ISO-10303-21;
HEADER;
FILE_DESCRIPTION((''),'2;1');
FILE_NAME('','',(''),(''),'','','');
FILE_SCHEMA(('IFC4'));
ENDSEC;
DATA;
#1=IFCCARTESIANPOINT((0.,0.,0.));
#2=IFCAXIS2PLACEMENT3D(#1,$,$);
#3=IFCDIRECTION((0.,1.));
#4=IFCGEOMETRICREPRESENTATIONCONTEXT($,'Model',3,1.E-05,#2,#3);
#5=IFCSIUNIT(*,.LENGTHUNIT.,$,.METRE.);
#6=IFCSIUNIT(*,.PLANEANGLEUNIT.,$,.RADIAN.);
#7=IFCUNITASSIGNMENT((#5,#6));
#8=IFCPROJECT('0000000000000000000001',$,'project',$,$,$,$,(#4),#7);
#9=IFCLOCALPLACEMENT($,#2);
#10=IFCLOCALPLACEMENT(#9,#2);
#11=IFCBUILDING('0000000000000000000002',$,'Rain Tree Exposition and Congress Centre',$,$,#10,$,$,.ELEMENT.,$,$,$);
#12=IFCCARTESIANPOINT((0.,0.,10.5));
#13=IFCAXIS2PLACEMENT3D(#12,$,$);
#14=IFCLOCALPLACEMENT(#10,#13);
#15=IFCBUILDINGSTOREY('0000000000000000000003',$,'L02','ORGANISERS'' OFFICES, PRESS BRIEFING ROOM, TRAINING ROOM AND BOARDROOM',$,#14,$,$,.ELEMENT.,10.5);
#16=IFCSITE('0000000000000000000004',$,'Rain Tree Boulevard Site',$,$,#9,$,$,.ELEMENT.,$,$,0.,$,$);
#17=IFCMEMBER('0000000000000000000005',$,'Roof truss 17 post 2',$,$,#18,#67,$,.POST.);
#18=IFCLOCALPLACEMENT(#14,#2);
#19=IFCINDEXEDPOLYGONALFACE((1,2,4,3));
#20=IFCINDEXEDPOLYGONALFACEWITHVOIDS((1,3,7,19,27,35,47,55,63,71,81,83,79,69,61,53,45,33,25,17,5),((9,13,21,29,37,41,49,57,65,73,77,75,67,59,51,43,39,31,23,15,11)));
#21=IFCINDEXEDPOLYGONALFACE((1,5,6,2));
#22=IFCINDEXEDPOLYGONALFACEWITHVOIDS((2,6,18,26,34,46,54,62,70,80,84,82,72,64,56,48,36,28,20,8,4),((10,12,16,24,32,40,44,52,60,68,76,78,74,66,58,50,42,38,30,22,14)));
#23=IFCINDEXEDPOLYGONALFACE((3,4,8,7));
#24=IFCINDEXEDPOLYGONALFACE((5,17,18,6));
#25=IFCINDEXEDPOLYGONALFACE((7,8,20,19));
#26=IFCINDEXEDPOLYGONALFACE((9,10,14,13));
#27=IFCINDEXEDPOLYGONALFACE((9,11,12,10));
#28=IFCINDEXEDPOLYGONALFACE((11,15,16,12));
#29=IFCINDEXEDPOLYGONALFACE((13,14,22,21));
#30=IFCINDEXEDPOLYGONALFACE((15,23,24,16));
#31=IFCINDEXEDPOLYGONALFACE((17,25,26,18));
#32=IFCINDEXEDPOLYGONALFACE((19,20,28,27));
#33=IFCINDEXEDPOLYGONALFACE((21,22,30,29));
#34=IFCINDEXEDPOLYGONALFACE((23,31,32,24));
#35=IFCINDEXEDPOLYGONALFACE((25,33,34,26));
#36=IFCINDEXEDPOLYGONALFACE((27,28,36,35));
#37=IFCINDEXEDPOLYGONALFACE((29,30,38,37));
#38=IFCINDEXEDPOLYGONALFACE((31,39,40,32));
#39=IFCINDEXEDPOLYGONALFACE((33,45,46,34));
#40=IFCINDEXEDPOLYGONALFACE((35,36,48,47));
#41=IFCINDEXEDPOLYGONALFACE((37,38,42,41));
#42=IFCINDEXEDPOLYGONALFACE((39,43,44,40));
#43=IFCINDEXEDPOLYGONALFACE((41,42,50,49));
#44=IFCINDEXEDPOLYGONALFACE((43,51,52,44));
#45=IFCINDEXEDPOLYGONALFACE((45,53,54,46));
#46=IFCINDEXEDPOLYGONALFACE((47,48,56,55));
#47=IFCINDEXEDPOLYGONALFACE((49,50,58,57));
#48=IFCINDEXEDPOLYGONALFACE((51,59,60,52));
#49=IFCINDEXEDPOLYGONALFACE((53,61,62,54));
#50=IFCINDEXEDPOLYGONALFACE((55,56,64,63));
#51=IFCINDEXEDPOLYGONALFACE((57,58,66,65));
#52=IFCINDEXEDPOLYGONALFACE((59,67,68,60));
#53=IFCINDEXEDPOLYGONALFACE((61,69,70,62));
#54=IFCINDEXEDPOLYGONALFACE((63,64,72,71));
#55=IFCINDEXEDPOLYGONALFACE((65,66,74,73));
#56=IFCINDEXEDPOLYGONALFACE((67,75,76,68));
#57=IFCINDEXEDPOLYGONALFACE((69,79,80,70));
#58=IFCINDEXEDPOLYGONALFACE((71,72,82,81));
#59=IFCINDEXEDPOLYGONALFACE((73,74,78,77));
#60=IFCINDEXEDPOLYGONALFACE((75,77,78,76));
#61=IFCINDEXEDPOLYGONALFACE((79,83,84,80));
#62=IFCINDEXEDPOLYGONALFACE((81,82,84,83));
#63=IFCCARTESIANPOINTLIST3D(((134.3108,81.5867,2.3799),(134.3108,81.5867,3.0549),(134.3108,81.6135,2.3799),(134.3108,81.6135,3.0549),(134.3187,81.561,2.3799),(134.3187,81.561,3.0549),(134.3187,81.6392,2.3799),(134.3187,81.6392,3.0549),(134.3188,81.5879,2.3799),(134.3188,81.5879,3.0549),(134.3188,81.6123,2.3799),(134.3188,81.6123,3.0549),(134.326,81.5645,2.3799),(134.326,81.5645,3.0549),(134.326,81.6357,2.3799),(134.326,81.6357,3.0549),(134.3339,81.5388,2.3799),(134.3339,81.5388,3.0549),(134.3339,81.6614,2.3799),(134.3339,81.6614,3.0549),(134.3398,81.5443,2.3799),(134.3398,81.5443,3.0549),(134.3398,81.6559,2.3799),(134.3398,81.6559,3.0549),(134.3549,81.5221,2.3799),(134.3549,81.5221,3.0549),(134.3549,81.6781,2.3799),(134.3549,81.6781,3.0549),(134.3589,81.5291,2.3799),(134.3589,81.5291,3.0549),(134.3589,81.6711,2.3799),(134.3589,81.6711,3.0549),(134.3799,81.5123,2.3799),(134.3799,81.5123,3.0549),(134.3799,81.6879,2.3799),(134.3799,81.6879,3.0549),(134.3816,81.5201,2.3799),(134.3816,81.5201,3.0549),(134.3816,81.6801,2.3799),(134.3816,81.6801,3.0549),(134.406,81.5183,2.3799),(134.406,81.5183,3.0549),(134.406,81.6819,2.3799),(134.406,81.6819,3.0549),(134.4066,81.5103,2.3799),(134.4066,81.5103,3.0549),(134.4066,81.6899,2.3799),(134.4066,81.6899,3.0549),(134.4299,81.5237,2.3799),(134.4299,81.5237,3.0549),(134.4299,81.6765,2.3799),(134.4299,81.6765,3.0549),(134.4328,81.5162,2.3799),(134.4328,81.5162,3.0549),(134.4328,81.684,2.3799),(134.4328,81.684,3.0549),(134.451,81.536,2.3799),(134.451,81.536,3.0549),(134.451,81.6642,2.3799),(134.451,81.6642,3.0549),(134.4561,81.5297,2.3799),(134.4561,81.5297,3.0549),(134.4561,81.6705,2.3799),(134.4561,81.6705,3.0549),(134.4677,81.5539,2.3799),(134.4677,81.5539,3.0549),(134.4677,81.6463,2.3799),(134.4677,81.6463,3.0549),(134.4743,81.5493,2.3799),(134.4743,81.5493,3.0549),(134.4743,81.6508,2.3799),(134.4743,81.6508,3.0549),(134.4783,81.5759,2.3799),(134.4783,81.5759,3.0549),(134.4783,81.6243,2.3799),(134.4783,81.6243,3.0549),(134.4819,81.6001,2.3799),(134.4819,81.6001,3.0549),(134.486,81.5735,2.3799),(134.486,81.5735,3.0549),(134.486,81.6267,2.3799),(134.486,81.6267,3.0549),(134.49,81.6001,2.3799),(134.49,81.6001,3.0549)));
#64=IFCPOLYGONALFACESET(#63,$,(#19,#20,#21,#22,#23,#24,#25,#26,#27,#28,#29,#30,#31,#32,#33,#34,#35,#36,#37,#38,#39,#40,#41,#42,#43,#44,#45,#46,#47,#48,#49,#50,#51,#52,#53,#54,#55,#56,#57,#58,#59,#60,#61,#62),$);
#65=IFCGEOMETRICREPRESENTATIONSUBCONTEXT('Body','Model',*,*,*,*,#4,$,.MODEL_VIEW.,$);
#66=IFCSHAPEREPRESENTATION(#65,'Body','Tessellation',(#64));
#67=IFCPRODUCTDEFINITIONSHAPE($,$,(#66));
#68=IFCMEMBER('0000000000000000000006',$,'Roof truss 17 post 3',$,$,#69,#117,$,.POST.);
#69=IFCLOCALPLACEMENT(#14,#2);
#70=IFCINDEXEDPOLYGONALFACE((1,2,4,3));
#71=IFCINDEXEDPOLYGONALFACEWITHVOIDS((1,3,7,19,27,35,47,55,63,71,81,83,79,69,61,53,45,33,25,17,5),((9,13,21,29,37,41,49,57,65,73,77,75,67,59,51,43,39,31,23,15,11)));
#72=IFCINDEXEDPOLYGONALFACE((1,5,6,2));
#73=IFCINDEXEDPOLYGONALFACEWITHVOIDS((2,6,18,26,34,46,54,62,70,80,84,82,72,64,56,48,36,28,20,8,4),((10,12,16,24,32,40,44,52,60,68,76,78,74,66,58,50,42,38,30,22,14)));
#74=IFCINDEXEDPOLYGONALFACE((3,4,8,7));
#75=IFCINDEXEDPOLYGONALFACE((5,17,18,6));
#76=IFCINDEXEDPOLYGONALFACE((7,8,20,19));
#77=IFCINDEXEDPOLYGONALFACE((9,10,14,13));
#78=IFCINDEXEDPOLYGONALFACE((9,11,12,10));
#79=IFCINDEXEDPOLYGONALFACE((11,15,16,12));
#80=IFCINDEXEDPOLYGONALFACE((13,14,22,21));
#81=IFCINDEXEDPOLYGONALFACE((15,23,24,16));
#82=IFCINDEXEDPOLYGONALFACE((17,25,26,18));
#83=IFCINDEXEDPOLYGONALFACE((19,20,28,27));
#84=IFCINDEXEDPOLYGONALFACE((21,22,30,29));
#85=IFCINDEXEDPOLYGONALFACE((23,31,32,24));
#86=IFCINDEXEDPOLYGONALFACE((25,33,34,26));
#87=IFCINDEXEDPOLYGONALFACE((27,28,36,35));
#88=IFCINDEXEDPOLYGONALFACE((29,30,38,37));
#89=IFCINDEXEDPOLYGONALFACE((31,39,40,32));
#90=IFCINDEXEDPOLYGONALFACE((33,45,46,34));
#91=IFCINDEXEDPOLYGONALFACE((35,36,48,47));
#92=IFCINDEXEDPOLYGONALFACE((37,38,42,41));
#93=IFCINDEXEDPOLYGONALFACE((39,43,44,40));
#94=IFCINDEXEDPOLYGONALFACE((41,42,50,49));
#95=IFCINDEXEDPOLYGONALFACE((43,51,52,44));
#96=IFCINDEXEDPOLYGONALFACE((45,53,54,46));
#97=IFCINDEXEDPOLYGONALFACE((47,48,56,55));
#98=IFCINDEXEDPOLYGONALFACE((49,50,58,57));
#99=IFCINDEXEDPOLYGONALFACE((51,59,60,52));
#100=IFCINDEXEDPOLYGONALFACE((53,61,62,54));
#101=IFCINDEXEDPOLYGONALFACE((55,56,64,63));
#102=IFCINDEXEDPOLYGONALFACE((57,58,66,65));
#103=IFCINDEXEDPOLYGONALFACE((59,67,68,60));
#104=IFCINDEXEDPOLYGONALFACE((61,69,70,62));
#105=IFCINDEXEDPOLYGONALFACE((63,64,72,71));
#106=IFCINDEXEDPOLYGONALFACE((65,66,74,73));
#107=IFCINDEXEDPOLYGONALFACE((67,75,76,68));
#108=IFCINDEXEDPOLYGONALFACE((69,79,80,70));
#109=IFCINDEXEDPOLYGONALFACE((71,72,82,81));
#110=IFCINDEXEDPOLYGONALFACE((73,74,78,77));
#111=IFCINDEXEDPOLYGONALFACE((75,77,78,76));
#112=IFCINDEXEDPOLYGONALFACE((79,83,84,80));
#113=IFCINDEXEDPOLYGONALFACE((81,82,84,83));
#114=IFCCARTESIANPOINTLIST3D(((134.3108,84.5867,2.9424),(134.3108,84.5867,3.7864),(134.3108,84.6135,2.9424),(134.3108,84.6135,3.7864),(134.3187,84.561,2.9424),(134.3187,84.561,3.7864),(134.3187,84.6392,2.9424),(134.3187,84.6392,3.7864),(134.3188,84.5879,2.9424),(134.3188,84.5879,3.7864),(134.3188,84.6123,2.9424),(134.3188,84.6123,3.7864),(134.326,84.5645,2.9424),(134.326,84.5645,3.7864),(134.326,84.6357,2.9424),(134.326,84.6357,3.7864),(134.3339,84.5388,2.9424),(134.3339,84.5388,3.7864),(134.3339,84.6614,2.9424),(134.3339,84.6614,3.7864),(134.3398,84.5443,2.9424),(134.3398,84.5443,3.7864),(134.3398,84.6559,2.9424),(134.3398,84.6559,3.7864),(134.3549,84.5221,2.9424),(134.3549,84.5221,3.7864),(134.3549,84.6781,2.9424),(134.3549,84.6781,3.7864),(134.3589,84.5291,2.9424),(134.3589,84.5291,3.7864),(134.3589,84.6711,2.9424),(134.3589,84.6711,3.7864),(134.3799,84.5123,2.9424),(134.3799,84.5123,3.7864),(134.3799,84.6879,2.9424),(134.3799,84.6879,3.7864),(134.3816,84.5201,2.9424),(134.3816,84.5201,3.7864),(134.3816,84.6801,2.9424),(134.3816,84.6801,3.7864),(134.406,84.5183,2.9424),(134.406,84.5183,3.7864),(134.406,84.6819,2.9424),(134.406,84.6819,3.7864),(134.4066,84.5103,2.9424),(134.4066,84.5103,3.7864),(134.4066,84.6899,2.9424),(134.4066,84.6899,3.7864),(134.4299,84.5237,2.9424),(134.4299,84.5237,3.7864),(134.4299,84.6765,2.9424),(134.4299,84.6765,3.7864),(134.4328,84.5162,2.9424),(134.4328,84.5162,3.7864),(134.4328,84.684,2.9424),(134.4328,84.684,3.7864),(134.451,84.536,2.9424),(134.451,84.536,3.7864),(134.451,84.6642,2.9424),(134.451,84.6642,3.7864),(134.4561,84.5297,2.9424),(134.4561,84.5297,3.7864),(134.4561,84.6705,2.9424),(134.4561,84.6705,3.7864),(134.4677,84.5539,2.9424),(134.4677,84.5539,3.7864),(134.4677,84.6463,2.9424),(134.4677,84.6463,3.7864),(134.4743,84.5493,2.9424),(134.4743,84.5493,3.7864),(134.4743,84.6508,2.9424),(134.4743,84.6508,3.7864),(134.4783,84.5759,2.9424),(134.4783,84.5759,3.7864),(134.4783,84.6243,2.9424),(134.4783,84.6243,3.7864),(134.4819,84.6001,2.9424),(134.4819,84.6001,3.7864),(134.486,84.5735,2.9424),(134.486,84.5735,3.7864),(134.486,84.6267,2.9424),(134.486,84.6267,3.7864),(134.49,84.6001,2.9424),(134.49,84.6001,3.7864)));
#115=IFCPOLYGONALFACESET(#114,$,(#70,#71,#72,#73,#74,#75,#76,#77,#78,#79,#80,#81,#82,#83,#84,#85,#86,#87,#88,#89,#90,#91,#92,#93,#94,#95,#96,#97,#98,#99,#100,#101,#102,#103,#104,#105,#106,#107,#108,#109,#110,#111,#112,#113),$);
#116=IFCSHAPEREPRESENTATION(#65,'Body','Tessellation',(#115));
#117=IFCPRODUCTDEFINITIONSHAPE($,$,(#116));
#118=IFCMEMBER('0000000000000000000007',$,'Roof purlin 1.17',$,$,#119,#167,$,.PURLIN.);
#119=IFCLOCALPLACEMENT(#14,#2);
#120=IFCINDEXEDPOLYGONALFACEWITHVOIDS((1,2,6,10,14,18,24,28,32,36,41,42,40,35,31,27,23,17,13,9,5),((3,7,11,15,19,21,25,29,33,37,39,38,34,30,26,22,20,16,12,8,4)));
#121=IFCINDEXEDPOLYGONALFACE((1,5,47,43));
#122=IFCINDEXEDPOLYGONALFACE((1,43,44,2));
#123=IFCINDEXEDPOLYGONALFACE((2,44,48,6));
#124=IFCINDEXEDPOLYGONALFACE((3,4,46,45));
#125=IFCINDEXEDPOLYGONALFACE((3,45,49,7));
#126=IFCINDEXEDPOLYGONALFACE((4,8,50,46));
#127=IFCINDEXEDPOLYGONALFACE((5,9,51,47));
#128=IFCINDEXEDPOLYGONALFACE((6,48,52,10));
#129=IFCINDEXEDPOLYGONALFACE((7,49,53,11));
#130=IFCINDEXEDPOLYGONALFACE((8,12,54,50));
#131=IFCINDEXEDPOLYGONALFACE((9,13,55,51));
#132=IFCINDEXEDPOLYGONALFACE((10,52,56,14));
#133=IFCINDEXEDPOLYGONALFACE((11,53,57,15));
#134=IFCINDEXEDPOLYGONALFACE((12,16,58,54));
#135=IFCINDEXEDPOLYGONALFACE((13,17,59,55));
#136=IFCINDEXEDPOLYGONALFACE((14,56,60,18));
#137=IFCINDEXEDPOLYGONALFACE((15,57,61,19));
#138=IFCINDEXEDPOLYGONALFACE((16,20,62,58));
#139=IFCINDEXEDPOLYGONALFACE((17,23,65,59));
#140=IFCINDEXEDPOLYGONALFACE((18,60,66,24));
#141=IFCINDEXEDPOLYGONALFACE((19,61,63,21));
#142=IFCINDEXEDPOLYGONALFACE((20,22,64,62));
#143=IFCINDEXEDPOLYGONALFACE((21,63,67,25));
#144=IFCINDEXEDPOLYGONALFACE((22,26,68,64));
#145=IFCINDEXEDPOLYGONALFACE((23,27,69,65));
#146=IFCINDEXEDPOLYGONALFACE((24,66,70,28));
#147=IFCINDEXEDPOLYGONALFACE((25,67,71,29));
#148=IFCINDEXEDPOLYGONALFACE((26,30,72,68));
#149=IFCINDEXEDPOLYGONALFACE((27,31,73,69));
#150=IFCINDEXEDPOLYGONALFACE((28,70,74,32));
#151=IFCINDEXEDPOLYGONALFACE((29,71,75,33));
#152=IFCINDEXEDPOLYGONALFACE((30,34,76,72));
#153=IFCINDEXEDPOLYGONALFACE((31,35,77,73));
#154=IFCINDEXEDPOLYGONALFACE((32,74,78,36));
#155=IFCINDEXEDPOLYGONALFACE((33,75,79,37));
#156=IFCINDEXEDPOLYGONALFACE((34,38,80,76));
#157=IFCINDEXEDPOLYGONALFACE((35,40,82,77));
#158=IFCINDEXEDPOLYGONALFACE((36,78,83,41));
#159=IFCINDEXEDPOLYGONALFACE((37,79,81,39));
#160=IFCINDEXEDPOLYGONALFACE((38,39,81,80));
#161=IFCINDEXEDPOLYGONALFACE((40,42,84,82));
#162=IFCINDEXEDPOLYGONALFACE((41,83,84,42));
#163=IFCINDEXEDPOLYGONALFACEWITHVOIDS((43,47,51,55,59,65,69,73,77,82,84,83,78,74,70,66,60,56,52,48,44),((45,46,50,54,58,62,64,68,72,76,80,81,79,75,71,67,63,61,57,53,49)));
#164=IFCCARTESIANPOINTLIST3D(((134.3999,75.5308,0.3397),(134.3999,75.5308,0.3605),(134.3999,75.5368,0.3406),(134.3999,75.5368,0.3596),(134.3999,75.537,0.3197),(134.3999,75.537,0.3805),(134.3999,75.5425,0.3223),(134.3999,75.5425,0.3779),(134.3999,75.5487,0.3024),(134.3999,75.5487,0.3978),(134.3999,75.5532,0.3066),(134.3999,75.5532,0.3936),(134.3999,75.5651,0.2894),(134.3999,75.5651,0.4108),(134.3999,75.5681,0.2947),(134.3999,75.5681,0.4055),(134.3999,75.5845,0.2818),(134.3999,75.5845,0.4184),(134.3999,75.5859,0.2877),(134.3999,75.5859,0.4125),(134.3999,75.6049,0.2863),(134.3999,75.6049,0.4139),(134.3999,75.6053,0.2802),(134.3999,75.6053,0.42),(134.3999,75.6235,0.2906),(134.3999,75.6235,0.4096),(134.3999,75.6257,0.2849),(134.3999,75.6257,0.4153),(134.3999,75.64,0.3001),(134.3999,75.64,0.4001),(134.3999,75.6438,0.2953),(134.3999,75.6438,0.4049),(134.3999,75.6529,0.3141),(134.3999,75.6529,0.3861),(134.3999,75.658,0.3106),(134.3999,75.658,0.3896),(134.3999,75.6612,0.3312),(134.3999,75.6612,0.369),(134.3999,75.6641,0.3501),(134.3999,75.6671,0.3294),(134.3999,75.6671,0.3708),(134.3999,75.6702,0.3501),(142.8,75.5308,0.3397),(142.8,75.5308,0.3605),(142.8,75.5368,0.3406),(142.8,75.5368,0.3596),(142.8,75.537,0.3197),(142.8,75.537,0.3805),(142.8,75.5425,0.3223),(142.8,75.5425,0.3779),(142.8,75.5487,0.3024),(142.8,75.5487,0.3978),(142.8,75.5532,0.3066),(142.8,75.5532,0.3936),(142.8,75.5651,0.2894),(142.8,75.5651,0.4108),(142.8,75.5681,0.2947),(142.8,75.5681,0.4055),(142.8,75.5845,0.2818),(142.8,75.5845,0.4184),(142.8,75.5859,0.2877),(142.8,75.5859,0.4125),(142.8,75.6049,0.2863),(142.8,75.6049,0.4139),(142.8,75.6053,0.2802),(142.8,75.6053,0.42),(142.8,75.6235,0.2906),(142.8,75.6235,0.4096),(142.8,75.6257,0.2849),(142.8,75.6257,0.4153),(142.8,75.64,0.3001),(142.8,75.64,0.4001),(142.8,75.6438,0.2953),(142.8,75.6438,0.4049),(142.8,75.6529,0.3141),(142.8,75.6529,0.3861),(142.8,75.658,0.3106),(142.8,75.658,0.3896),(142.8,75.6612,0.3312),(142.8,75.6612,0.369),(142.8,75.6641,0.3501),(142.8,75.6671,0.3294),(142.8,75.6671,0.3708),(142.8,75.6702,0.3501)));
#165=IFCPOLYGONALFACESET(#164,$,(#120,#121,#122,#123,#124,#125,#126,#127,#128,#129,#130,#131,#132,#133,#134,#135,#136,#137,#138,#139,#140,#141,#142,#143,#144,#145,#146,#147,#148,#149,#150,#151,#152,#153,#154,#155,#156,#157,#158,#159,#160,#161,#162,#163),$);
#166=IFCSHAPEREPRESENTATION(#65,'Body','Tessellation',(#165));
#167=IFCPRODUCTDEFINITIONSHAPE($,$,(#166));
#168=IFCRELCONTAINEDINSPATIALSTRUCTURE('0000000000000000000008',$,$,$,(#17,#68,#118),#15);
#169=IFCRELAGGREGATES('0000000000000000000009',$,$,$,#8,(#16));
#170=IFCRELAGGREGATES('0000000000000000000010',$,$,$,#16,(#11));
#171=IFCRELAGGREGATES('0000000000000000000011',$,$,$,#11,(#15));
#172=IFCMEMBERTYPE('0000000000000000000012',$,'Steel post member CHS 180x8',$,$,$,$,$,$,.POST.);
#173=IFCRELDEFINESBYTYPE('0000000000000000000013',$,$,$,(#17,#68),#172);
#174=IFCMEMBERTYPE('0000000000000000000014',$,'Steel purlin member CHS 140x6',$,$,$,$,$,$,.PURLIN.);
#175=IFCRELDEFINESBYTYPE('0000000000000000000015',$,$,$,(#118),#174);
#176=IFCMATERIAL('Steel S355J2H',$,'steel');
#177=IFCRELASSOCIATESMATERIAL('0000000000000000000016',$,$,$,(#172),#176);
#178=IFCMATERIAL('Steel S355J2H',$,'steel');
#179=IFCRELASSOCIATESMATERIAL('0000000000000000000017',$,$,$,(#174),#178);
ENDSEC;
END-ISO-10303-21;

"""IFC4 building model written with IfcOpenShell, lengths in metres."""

from ifc_helpers import new_model, si_unit, direction, frame, origin, origin_2d, place, context, subcontext, project, spatial, hollow_circle, extrude, material, material_profile, profile_set, type_object, element, save


model = new_model("IFC4")

# Units and contexts
model_context = context("Model", 3, precision=1e-05, world=origin(), true_north=direction((0.0, 1.0)))
body_context = subcontext(model_context, "Body", "Model", "MODEL_VIEW")
ifc_project = project(units=[si_unit("LENGTHUNIT", "METRE"), si_unit("PLANEANGLEUNIT", "RADIAN")], contexts=[model_context])

# Site, building, storey
site_placement = place(None, origin())
site = spatial("IfcSite", under=ifc_project, at=site_placement, Name="Rain Tree Boulevard Site", CompositionType="ELEMENT", RefElevation=0.0)
building_placement = place(site_placement, origin())
building = spatial("IfcBuilding", under=site, at=building_placement, Name="Rain Tree Exposition and Congress Centre", CompositionType="ELEMENT")
storey_placement = place(building_placement, frame((0.0, 0.0, 10.5)))
storey = spatial("IfcBuildingStorey", under=building, at=storey_placement, Name="L02", Description="ORGANISERS' OFFICES, PRESS BRIEFING ROOM, TRAINING ROOM AND BOARDROOM", CompositionType="ELEMENT", Elevation=10.5)

# Members
ifc_material_1 = material(Name="Steel S355J2H", Category="steel")
ifc_material_profile_1 = material_profile(ifc_material_1, hollow_circle(Radius=0.0901, WallThickness=0.0081, at=origin_2d()), Name="CHS 180x8")
ifc_profile_set_1 = profile_set([ifc_material_profile_1], Name="Steel S355J2H")
member_type_1 = type_object("IfcMemberType", Name="Steel post member CHS 180x8", PredefinedType="POST", material=ifc_profile_set_1)
member_1_placement = place(storey_placement, frame((134.3999, 81.6001, 2.3799), z_axis=(0.0, 0.0, 1.0), x_axis=(1.0, 0.0, 0.0)))
element("IfcMember", 1, at=member_1_placement, inside=storey, type_object=member_type_1, Name="Roof truss 17 post 2", PredefinedType="POST", context=body_context, shape_type="SweptSolid", body=[
    extrude(hollow_circle(Radius=0.0901, WallThickness=0.0081, at=origin_2d()), origin(), (0.0, 0.0, 1.0), 0.675),
])
member_2_placement = place(storey_placement, frame((134.3999, 84.6001, 2.9424), z_axis=(0.0, 0.0, 1.0), x_axis=(1.0, 0.0, 0.0)))
element("IfcMember", 2, at=member_2_placement, inside=storey, type_object=member_type_1, Name="Roof truss 17 post 3", PredefinedType="POST", context=body_context, shape_type="SweptSolid", body=[
    extrude(hollow_circle(Radius=0.0901, WallThickness=0.0081, at=origin_2d()), origin(), (0.0, 0.0, 1.0), 0.844),
])
ifc_material_2 = material(Name="Steel S355J2H", Category="steel")
ifc_material_profile_2 = material_profile(ifc_material_2, hollow_circle(Radius=0.0701, WallThickness=0.0061, at=origin_2d()), Name="CHS 140x6")
ifc_profile_set_2 = profile_set([ifc_material_profile_2], Name="Steel S355J2H")
member_type_2 = type_object("IfcMemberType", Name="Steel purlin member CHS 140x6", PredefinedType="PURLIN", material=ifc_profile_set_2)
for number, where, z_axis, x_axis, name in (
    (3, (134.3999, 75.6001, 0.3501), (1.0, 0.0, 0.0), (0.0, 1.0, 0.0), "Roof purlin 1.17"),
):
    element("IfcMember", number, at=place(storey_placement, frame(where, z_axis=z_axis, x_axis=x_axis)), inside=storey, type_object=member_type_2, Name=name, PredefinedType="PURLIN", context=body_context, shape_type="SweptSolid", body=[
        extrude(hollow_circle(Radius=0.0701, WallThickness=0.0061, at=origin_2d()), origin(), (0.0, 0.0, 1.0), 8.4001),
    ])

save(model, "model.ifc")
